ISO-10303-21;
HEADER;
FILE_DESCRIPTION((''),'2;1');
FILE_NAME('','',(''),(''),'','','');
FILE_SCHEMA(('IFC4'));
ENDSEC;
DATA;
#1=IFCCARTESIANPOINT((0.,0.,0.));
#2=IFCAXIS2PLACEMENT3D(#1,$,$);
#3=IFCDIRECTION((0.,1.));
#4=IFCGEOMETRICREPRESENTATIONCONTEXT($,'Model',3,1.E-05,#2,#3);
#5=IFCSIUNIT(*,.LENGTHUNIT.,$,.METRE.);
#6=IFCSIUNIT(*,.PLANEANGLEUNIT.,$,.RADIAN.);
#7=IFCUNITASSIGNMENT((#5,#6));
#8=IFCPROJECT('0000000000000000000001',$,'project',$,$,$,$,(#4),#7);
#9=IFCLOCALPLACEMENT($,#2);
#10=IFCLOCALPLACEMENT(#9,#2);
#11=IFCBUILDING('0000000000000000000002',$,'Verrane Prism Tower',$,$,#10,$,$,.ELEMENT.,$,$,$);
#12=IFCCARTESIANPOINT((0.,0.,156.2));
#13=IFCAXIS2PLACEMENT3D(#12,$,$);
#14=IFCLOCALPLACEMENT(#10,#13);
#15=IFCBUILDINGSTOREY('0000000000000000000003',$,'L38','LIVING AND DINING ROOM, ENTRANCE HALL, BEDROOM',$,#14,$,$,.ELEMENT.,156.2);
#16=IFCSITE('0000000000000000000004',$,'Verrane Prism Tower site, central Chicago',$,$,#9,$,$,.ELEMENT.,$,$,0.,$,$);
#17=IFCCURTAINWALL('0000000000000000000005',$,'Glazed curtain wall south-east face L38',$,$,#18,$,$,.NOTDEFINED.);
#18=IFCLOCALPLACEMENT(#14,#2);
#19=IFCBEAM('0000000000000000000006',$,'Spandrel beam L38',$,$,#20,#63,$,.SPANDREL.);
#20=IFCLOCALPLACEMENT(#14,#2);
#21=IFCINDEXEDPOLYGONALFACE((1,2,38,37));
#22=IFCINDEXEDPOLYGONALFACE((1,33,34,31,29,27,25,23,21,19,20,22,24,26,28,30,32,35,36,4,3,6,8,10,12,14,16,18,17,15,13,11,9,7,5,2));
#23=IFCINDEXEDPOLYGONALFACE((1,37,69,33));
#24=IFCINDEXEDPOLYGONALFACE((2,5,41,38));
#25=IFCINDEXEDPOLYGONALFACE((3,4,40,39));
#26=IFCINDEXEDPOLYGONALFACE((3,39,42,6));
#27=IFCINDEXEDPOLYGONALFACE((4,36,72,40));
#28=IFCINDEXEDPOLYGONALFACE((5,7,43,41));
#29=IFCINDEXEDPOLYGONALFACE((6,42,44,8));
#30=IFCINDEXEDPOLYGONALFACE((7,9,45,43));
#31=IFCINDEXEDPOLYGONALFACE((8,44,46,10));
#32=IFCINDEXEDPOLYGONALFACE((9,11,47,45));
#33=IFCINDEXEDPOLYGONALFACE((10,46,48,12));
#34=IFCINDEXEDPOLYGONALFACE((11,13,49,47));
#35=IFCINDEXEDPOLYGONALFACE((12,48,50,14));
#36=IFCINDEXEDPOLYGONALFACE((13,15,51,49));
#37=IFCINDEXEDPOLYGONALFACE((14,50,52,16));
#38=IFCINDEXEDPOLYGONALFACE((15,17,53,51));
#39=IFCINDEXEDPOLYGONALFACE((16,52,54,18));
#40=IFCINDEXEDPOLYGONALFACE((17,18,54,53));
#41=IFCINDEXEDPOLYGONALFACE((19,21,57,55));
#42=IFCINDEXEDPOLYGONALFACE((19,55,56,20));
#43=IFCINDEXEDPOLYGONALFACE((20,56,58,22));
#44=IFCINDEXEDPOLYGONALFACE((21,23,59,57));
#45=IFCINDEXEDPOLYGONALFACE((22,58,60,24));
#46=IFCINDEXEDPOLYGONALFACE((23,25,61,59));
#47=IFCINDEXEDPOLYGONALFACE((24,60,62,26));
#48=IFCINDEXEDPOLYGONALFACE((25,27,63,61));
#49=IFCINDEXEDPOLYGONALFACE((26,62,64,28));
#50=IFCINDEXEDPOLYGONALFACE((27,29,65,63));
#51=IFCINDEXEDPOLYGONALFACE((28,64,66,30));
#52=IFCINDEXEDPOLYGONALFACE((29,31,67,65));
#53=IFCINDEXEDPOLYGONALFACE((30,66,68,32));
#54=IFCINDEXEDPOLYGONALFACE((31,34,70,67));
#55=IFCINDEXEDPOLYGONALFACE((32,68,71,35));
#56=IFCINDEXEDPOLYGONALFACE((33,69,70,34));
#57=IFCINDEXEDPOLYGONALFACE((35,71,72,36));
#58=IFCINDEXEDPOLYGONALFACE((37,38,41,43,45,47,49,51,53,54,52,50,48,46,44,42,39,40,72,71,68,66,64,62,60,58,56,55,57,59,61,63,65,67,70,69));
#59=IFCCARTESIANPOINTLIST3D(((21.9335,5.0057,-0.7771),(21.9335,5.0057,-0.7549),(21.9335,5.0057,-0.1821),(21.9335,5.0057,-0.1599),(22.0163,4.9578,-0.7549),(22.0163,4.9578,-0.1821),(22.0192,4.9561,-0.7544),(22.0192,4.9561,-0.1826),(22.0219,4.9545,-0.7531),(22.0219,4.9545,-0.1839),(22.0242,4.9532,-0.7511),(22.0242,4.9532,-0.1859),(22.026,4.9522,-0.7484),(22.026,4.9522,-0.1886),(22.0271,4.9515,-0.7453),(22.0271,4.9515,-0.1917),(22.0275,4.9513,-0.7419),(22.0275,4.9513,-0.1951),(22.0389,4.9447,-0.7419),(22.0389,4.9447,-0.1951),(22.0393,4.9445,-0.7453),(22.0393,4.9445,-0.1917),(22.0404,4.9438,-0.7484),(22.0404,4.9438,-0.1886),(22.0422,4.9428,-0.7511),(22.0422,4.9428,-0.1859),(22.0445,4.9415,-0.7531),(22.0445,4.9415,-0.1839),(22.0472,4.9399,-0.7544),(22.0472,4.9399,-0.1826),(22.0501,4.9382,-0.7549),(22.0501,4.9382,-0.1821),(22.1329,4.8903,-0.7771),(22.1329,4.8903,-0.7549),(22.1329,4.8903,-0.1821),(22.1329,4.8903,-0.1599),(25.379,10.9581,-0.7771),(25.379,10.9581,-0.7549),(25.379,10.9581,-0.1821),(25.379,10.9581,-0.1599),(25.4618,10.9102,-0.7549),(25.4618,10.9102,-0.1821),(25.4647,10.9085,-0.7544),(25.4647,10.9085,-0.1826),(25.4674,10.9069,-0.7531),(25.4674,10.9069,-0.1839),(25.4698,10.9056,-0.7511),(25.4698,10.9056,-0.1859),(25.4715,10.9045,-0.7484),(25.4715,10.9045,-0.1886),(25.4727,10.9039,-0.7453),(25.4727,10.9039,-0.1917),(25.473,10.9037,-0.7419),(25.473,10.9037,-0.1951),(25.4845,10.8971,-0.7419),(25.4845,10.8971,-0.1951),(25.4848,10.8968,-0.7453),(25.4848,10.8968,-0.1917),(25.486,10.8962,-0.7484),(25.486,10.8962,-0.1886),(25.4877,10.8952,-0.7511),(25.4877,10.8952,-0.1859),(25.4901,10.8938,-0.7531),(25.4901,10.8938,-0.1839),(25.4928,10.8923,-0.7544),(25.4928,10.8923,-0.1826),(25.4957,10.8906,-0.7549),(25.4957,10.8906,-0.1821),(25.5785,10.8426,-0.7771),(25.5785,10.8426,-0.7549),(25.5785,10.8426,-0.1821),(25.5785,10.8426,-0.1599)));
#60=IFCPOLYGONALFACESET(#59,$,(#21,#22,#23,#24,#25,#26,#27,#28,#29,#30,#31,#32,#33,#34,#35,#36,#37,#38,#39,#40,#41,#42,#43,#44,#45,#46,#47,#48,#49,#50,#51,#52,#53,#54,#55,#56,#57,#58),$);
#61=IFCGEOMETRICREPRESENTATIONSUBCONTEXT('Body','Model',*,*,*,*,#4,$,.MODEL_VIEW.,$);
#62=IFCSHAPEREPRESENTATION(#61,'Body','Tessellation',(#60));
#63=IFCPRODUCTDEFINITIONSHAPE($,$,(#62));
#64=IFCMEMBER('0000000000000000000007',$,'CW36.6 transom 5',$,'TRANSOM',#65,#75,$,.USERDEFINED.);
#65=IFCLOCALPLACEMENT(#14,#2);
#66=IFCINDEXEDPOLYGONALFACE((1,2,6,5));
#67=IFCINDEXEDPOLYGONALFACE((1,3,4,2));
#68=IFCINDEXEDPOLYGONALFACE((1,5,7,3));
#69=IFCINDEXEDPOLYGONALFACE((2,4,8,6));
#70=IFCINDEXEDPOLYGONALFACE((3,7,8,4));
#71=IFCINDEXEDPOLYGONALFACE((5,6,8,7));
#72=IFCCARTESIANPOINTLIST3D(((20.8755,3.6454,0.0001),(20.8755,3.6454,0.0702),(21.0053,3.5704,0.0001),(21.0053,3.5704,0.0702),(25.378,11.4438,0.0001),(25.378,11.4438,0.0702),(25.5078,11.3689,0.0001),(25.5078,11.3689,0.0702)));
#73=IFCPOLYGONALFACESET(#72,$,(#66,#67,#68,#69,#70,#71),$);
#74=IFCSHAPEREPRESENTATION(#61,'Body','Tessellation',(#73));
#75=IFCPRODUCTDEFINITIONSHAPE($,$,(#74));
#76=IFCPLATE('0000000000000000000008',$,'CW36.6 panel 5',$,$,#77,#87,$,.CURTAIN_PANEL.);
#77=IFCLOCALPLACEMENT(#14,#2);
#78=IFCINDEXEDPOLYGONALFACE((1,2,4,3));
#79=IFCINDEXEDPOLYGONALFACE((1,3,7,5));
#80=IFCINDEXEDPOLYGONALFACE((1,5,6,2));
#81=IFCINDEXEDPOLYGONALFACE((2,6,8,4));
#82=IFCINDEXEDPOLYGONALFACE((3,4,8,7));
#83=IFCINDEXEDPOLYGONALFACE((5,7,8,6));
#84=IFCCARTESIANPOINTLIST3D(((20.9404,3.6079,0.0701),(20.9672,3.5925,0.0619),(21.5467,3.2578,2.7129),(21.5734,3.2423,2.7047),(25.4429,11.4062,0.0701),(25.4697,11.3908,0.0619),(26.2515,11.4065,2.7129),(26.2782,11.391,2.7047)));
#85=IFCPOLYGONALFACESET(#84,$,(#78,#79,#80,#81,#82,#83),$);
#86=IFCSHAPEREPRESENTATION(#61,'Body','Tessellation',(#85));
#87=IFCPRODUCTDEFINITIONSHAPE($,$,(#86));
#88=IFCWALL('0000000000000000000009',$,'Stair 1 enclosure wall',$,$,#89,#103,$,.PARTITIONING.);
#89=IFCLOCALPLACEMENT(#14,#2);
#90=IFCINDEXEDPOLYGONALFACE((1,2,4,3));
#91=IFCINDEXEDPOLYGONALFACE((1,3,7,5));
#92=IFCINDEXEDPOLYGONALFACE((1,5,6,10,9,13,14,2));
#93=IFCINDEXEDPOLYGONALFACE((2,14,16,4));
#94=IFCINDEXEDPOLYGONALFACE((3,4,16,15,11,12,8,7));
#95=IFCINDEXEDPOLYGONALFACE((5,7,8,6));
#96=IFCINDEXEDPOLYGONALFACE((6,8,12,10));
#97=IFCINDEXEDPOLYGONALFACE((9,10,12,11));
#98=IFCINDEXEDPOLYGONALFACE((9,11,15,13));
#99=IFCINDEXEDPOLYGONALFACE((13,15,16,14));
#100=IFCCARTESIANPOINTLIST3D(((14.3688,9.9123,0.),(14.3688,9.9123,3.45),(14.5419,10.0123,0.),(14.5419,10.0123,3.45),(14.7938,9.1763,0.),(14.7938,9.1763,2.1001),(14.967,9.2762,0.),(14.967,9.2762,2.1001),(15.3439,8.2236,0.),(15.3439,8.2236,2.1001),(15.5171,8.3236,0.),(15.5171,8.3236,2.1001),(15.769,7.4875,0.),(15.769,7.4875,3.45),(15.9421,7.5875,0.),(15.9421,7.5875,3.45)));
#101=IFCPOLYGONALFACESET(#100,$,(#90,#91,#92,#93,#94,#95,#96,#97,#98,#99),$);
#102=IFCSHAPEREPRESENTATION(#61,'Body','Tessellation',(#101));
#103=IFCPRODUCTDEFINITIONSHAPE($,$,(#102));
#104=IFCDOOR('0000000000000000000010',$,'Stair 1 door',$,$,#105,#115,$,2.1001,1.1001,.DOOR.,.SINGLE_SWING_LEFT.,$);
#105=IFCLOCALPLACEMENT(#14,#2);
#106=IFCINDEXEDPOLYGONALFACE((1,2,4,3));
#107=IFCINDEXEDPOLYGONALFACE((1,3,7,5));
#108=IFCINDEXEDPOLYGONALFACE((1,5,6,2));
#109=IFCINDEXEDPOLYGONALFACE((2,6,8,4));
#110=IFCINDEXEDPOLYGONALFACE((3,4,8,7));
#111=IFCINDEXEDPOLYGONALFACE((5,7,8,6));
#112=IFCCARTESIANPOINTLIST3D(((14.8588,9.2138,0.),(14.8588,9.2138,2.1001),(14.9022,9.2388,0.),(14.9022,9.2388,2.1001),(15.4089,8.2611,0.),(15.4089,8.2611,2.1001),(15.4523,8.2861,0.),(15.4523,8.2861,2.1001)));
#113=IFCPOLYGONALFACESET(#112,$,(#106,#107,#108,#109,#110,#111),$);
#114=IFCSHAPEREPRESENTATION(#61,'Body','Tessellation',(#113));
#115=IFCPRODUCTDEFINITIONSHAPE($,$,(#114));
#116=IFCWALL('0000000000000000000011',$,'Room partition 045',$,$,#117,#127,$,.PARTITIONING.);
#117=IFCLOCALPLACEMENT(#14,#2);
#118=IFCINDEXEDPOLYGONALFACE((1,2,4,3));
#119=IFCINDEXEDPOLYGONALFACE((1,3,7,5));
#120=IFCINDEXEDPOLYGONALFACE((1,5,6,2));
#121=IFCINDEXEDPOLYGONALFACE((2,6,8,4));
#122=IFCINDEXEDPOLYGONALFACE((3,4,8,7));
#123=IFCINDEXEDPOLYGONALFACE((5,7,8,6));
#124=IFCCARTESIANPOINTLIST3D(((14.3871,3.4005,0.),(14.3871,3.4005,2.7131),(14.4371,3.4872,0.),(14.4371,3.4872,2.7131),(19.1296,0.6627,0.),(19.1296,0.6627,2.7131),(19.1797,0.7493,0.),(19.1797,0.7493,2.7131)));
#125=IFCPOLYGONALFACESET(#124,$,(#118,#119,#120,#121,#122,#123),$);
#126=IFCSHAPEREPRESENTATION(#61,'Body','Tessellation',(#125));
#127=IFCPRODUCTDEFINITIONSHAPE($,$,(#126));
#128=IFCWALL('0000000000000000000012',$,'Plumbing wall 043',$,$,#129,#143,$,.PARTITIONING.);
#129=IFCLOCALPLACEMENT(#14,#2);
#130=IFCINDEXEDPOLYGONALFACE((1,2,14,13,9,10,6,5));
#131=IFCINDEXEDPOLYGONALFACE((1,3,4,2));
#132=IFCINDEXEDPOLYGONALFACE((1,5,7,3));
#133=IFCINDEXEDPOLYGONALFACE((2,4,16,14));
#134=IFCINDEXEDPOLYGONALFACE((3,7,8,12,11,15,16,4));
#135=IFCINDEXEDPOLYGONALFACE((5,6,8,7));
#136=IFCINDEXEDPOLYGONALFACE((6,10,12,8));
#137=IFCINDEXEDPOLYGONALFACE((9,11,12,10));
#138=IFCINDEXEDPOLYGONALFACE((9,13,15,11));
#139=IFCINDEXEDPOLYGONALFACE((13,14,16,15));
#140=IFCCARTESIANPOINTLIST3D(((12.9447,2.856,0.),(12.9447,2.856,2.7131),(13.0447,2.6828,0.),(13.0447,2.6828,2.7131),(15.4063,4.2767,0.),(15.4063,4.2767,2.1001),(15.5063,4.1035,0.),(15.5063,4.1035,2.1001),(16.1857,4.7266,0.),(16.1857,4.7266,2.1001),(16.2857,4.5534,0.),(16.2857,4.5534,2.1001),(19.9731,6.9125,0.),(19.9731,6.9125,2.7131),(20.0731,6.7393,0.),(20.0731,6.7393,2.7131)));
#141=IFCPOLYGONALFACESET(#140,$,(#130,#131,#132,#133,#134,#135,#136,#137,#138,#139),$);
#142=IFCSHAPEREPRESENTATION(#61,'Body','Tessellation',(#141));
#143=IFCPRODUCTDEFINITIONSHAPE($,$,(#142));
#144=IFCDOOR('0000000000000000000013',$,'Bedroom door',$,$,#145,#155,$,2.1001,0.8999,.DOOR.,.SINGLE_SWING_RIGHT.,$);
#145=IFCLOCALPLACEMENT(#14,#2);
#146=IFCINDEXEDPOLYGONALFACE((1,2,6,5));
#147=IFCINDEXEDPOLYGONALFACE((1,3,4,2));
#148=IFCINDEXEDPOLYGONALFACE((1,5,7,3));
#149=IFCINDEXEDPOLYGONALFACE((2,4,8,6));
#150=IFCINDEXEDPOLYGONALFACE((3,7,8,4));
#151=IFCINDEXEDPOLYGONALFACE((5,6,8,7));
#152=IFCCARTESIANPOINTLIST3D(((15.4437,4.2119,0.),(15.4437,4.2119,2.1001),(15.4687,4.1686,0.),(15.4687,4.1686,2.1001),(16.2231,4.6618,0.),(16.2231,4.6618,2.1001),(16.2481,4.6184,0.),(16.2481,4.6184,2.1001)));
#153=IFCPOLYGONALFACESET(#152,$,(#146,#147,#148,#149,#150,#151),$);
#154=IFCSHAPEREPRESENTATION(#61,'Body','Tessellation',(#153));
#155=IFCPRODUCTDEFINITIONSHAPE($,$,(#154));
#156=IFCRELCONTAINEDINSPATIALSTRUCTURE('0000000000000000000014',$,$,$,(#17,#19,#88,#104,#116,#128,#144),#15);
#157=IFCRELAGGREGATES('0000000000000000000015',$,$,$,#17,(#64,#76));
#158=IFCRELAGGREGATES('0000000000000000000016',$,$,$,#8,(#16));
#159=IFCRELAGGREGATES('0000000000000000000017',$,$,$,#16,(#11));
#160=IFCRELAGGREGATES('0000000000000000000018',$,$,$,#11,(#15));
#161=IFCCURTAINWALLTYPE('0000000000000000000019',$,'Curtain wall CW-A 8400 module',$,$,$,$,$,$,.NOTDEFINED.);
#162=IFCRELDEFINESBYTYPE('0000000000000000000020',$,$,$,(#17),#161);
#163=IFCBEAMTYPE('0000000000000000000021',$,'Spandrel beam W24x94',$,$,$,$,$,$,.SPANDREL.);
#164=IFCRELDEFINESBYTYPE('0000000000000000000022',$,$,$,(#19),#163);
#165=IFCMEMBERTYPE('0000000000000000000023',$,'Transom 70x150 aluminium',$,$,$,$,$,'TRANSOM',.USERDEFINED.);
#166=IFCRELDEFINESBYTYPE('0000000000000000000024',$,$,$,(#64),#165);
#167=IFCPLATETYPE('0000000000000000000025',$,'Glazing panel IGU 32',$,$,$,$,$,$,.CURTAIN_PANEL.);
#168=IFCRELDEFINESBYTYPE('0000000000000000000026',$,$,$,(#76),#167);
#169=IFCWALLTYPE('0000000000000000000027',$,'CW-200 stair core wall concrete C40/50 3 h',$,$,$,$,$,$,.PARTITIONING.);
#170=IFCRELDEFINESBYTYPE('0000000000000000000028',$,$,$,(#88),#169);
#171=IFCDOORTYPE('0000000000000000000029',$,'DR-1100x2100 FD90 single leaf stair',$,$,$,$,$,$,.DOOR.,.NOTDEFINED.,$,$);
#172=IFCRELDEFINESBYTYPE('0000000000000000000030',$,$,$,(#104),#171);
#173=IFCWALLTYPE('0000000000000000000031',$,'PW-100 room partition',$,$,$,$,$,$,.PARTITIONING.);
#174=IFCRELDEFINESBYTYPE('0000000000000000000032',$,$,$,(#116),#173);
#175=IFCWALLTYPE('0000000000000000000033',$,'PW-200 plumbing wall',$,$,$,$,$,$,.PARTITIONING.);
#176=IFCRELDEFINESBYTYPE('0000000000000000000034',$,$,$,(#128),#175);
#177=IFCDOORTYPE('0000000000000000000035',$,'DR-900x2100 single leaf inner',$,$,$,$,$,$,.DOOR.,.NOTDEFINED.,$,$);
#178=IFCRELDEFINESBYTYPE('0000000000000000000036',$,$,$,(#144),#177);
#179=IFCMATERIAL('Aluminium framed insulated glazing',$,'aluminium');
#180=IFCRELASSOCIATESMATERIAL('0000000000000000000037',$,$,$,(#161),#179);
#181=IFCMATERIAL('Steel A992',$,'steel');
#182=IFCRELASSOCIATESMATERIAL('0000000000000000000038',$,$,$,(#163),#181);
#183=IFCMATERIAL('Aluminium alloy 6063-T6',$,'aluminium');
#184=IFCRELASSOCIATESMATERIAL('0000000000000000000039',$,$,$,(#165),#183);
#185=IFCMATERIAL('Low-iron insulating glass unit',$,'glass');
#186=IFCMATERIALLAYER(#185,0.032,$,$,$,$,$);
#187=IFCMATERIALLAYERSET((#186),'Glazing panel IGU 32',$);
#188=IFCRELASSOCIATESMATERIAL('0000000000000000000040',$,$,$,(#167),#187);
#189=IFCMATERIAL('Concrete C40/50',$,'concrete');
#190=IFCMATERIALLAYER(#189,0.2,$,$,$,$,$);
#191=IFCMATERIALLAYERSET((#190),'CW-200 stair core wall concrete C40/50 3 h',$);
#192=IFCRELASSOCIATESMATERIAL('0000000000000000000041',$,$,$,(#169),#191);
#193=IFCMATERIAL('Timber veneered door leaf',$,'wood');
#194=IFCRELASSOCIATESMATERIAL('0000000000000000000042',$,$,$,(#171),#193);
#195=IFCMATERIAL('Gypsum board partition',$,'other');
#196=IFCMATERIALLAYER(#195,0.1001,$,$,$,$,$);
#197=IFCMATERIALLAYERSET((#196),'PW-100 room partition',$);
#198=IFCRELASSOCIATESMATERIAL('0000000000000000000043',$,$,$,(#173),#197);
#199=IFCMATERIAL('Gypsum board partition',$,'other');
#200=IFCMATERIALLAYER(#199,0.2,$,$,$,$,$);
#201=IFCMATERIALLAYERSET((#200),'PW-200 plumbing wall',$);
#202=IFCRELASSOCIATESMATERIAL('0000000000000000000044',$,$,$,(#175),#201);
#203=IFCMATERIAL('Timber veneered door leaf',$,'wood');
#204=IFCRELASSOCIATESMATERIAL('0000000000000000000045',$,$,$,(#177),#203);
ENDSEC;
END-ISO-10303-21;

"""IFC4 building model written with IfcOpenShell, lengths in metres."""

from ifc_helpers import new_model, si_unit, direction, frame, frame_2d, origin, origin_2d, place, context, subcontext, project, spatial, polyline, rectangle, i_section, outline, extrude, material, layer, layer_set, material_profile, profile_set, type_object, element, fill, aggregate, save


model = new_model("IFC4")

# Units and contexts
model_context = context("Model", 3, precision=1e-05, world=origin(), true_north=direction((0.0, 1.0)))
body_context = subcontext(model_context, "Body", "Model", "MODEL_VIEW")
ifc_project = project(units=[si_unit("LENGTHUNIT", "METRE"), si_unit("PLANEANGLEUNIT", "RADIAN")], contexts=[model_context])

# Site, building, storey
site_placement = place(None, origin())
site = spatial("IfcSite", under=ifc_project, at=site_placement, Name="Verrane Prism Tower site, central Chicago", CompositionType="ELEMENT", RefElevation=0.0)
building_placement = place(site_placement, origin())
building = spatial("IfcBuilding", under=site, at=building_placement, Name="Verrane Prism Tower", CompositionType="ELEMENT")
storey_placement = place(building_placement, frame((0.0, 0.0, 156.2)))
storey = spatial("IfcBuildingStorey", under=building, at=storey_placement, Name="L38", Description="LIVING AND DINING ROOM, ENTRANCE HALL, BEDROOM", CompositionType="ELEMENT", Elevation=156.2)

# Curtain wall
ifc_material_1 = material(Name="Aluminium framed insulated glazing", Category="aluminium")
curtain_wall_type = type_object("IfcCurtainWallType", Name="Curtain wall CW-A 8400 module", PredefinedType="NOTDEFINED", material=ifc_material_1)
curtain_wall_placement = place(storey_placement, origin())
curtain_wall = element("IfcCurtainWall", 1, at=curtain_wall_placement, inside=storey, type_object=curtain_wall_type, Name="Glazed curtain wall south-east face L38", PredefinedType="NOTDEFINED")

# Beam
ifc_material_2 = material(Name="Steel A992", Category="steel")
ifc_material_profile_1 = material_profile(ifc_material_2, i_section(OverallWidth=0.2305, OverallDepth=0.6172, WebThickness=0.0132, FlangeThickness=0.0222, FilletRadius=0.0129, at=origin_2d()), Name="W24x94")
ifc_profile_set_1 = profile_set([ifc_material_profile_1], Name="Steel A992")
beam_type_1 = type_object("IfcBeamType", Name="Spandrel beam W24x94", PredefinedType="SPANDREL", material=ifc_profile_set_1)
beam_1_placement = place(storey_placement, frame((22.0332, 4.948, -0.4685), z_axis=(0.500975, 0.865462, 0.0), x_axis=(-0.865462, 0.500975, 0.0)))
element("IfcBeam", 2, at=beam_1_placement, inside=storey, type_object=beam_type_1, Name="Spandrel beam L38", PredefinedType="SPANDREL", context=body_context, shape_type="SweptSolid", body=[
    extrude(i_section(OverallWidth=0.2305, OverallDepth=0.6172, WebThickness=0.0132, FlangeThickness=0.0222, FilletRadius=0.0129, at=origin_2d()), origin(), (0.0, 0.0, 1.0), 6.8777),
])

# Member
ifc_material_3 = material(Name="Aluminium alloy 6063-T6", Category="aluminium")
ifc_material_profile_2 = material_profile(ifc_material_3, rectangle(XDim=0.1499, YDim=0.0701, at=origin_2d()), Name="Transom 70x150 aluminium")
ifc_profile_set_2 = profile_set([ifc_material_profile_2], Name="Aluminium alloy 6063-T6")
member_type_1 = type_object("IfcMemberType", Name="Transom 70x150 aluminium", ElementType="TRANSOM", PredefinedType="USERDEFINED", material=ifc_profile_set_2)
member_1_placement = place(storey_placement, frame((20.9404, 3.6079, 0.0352), z_axis=(0.500006, 0.866022, 0.0), x_axis=(-0.866022, 0.500006, 0.0)))
member_1 = element("IfcMember", 3, at=member_1_placement, type_object=member_type_1, Name="CW36.6 transom 5", ObjectType="TRANSOM", PredefinedType="USERDEFINED", context=body_context, shape_type="SweptSolid", body=[
    extrude(rectangle(XDim=0.1499, YDim=0.0701, at=origin_2d()), origin(), (0.0, 0.0, 1.0), 9.0049),
])

# Plate
ifc_material_4 = material(Name="Low-iron insulating glass unit", Category="glass")
ifc_layer_1 = layer(ifc_material_4, 0.032)
ifc_layer_set_1 = layer_set([ifc_layer_1], Name="Glazing panel IGU 32")
plate_type = type_object("IfcPlateType", Name="Glazing panel IGU 32", PredefinedType="CURTAIN_PANEL", material=ifc_layer_set_1)
plate_placement = place(storey_placement, frame((20.9404, 3.6079, 0.0701), z_axis=(-0.837145, 0.483339, 0.256068), x_axis=(0.50001, 0.86602, -0.000001)))
plate = element("IfcPlate", 4, at=plate_placement, type_object=plate_type, Name="CW36.6 panel 5", PredefinedType="CURTAIN_PANEL", context=body_context, shape_type="SweptSolid", body=[
    extrude(outline(polyline([(0.0, 0.0), (9.0048, 0.0), (9.4093, -2.734), (-0.0001, -2.734), (0.0, 0.0)])), origin(), (0.0, 0.0, -1.0), 0.032),
])
aggregate(curtain_wall, [member_1, plate])

# Wall, opening, door
ifc_material_5 = material(Name="Concrete C40/50", Category="concrete")
ifc_layer_2 = layer(ifc_material_5, 0.2)
ifc_layer_set_2 = layer_set([ifc_layer_2], Name="CW-200 stair core wall concrete C40/50 3 h")
wall_type_1 = type_object("IfcWallType", Name="CW-200 stair core wall concrete C40/50 3 h", PredefinedType="PARTITIONING", material=ifc_layer_set_2)
wall_1_placement = place(storey_placement, frame((15.8555, 7.5376, 0.0), z_axis=(0.0, 0.0, 1.0), x_axis=(-0.50005, 0.865997, 0.0)))
wall_1 = element("IfcWall", 5, at=wall_1_placement, inside=storey, type_object=wall_type_1, Name="Stair 1 enclosure wall", PredefinedType="PARTITIONING", context=body_context, shape_type="SweptSolid", body=[
    extrude(rectangle(XDim=2.8, YDim=0.2, at=frame_2d((1.3999, 0.0))), origin(), (0.0, 0.0, 1.0), 3.45),
])
opening_1_placement = place(wall_1_placement, frame((0.8499, 0.0, 0.0)))
opening_1 = element("IfcOpeningElement", 6, at=opening_1_placement, cuts=wall_1, PredefinedType="OPENING", context=body_context, shape_type="SweptSolid", body=[
    extrude(rectangle(XDim=1.1001, YDim=2.1001, at=frame_2d((0.55, 1.05))), frame((0.0, 0.1099, 0.0), z_axis=(0.0, -1.0, 0.0), x_axis=(1.0, 0.0, 0.0)), (0.0, 0.0, 1.0), 0.22),
])
ifc_material_6 = material(Name="Timber veneered door leaf", Category="wood")
door_type_1 = type_object("IfcDoorType", Name="DR-1100x2100 FD90 single leaf stair", OperationType="NOTDEFINED", PredefinedType="DOOR", material=ifc_material_6)
door_1_placement = place(opening_1_placement, origin())
door_1 = element("IfcDoor", 7, at=door_1_placement, inside=storey, type_object=door_type_1, Name="Stair 1 door", OperationType="SINGLE_SWING_LEFT", OverallHeight=2.1001, OverallWidth=1.1001, PredefinedType="DOOR", context=body_context, shape_type="SweptSolid", body=[
    extrude(rectangle(XDim=1.1001, YDim=2.1001, at=frame_2d((0.55, 1.05))), frame((0.0, 0.0249, 0.0), z_axis=(0.0, -1.0, 0.0), x_axis=(1.0, 0.0, 0.0)), (0.0, 0.0, 1.0), 0.05),
])
fill(opening_1, door_1)

# Wall
ifc_material_7 = material(Name="Gypsum board partition", Category="other")
ifc_layer_3 = layer(ifc_material_7, 0.1001)
ifc_layer_set_3 = layer_set([ifc_layer_3], Name="PW-100 room partition")
wall_type_2 = type_object("IfcWallType", Name="PW-100 room partition", PredefinedType="PARTITIONING", material=ifc_layer_set_3)
wall_2_placement = place(storey_placement, frame((14.4121, 3.4438, 0.0), z_axis=(0.0, 0.0, 1.0), x_axis=(0.866045, -0.499966, 0.0)))
element("IfcWall", 8, at=wall_2_placement, inside=storey, type_object=wall_type_2, Name="Room partition 045", PredefinedType="PARTITIONING", context=body_context, shape_type="SweptSolid", body=[
    extrude(rectangle(XDim=5.4761, YDim=0.1001, at=frame_2d((2.738, 0.0))), origin(), (0.0, 0.0, 1.0), 2.7131),
])

# Wall, opening, door
ifc_material_8 = material(Name="Gypsum board partition", Category="other")
ifc_layer_4 = layer(ifc_material_8, 0.2)
ifc_layer_set_4 = layer_set([ifc_layer_4], Name="PW-200 plumbing wall")
wall_type_3 = type_object("IfcWallType", Name="PW-200 plumbing wall", PredefinedType="PARTITIONING", material=ifc_layer_set_4)
wall_3_placement = place(storey_placement, frame((20.0232, 6.8259, 0.0), z_axis=(0.0, 0.0, 1.0), x_axis=(-0.8661, -0.49987, 0.0)))
wall_3 = element("IfcWall", 9, at=wall_3_placement, inside=storey, type_object=wall_type_3, Name="Plumbing wall 043", PredefinedType="PARTITIONING", context=body_context, shape_type="SweptSolid", body=[
    extrude(rectangle(XDim=8.115, YDim=0.2, at=frame_2d((4.0576, 0.0))), origin(), (0.0, 0.0, 1.0), 2.7131),
])
opening_2_placement = place(wall_3_placement, frame((4.373, 0.0, 0.0)))
opening_2 = element("IfcOpeningElement", 10, at=opening_2_placement, cuts=wall_3, PredefinedType="OPENING", context=body_context, shape_type="SweptSolid", body=[
    extrude(rectangle(XDim=0.8999, YDim=2.1001, at=frame_2d((0.45, 1.05))), frame((0.0, 0.1099, 0.0), z_axis=(0.0, -1.0, 0.0), x_axis=(1.0, 0.0, 0.0)), (0.0, 0.0, 1.0), 0.22),
])
ifc_material_9 = material(Name="Timber veneered door leaf", Category="wood")
door_type_2 = type_object("IfcDoorType", Name="DR-900x2100 single leaf inner", OperationType="NOTDEFINED", PredefinedType="DOOR", material=ifc_material_9)
door_2_placement = place(opening_2_placement, origin())
door_2 = element("IfcDoor", 11, at=door_2_placement, inside=storey, type_object=door_type_2, Name="Bedroom door", OperationType="SINGLE_SWING_RIGHT", OverallHeight=2.1001, OverallWidth=0.8999, PredefinedType="DOOR", context=body_context, shape_type="SweptSolid", body=[
    extrude(rectangle(XDim=0.8999, YDim=2.1001, at=frame_2d((0.45, 1.05))), frame((0.0, 0.0249, 0.0), z_axis=(0.0, -1.0, 0.0), x_axis=(1.0, 0.0, 0.0)), (0.0, 0.0, 1.0), 0.05),
])
fill(opening_2, door_2)

save(model, "model.ifc")
